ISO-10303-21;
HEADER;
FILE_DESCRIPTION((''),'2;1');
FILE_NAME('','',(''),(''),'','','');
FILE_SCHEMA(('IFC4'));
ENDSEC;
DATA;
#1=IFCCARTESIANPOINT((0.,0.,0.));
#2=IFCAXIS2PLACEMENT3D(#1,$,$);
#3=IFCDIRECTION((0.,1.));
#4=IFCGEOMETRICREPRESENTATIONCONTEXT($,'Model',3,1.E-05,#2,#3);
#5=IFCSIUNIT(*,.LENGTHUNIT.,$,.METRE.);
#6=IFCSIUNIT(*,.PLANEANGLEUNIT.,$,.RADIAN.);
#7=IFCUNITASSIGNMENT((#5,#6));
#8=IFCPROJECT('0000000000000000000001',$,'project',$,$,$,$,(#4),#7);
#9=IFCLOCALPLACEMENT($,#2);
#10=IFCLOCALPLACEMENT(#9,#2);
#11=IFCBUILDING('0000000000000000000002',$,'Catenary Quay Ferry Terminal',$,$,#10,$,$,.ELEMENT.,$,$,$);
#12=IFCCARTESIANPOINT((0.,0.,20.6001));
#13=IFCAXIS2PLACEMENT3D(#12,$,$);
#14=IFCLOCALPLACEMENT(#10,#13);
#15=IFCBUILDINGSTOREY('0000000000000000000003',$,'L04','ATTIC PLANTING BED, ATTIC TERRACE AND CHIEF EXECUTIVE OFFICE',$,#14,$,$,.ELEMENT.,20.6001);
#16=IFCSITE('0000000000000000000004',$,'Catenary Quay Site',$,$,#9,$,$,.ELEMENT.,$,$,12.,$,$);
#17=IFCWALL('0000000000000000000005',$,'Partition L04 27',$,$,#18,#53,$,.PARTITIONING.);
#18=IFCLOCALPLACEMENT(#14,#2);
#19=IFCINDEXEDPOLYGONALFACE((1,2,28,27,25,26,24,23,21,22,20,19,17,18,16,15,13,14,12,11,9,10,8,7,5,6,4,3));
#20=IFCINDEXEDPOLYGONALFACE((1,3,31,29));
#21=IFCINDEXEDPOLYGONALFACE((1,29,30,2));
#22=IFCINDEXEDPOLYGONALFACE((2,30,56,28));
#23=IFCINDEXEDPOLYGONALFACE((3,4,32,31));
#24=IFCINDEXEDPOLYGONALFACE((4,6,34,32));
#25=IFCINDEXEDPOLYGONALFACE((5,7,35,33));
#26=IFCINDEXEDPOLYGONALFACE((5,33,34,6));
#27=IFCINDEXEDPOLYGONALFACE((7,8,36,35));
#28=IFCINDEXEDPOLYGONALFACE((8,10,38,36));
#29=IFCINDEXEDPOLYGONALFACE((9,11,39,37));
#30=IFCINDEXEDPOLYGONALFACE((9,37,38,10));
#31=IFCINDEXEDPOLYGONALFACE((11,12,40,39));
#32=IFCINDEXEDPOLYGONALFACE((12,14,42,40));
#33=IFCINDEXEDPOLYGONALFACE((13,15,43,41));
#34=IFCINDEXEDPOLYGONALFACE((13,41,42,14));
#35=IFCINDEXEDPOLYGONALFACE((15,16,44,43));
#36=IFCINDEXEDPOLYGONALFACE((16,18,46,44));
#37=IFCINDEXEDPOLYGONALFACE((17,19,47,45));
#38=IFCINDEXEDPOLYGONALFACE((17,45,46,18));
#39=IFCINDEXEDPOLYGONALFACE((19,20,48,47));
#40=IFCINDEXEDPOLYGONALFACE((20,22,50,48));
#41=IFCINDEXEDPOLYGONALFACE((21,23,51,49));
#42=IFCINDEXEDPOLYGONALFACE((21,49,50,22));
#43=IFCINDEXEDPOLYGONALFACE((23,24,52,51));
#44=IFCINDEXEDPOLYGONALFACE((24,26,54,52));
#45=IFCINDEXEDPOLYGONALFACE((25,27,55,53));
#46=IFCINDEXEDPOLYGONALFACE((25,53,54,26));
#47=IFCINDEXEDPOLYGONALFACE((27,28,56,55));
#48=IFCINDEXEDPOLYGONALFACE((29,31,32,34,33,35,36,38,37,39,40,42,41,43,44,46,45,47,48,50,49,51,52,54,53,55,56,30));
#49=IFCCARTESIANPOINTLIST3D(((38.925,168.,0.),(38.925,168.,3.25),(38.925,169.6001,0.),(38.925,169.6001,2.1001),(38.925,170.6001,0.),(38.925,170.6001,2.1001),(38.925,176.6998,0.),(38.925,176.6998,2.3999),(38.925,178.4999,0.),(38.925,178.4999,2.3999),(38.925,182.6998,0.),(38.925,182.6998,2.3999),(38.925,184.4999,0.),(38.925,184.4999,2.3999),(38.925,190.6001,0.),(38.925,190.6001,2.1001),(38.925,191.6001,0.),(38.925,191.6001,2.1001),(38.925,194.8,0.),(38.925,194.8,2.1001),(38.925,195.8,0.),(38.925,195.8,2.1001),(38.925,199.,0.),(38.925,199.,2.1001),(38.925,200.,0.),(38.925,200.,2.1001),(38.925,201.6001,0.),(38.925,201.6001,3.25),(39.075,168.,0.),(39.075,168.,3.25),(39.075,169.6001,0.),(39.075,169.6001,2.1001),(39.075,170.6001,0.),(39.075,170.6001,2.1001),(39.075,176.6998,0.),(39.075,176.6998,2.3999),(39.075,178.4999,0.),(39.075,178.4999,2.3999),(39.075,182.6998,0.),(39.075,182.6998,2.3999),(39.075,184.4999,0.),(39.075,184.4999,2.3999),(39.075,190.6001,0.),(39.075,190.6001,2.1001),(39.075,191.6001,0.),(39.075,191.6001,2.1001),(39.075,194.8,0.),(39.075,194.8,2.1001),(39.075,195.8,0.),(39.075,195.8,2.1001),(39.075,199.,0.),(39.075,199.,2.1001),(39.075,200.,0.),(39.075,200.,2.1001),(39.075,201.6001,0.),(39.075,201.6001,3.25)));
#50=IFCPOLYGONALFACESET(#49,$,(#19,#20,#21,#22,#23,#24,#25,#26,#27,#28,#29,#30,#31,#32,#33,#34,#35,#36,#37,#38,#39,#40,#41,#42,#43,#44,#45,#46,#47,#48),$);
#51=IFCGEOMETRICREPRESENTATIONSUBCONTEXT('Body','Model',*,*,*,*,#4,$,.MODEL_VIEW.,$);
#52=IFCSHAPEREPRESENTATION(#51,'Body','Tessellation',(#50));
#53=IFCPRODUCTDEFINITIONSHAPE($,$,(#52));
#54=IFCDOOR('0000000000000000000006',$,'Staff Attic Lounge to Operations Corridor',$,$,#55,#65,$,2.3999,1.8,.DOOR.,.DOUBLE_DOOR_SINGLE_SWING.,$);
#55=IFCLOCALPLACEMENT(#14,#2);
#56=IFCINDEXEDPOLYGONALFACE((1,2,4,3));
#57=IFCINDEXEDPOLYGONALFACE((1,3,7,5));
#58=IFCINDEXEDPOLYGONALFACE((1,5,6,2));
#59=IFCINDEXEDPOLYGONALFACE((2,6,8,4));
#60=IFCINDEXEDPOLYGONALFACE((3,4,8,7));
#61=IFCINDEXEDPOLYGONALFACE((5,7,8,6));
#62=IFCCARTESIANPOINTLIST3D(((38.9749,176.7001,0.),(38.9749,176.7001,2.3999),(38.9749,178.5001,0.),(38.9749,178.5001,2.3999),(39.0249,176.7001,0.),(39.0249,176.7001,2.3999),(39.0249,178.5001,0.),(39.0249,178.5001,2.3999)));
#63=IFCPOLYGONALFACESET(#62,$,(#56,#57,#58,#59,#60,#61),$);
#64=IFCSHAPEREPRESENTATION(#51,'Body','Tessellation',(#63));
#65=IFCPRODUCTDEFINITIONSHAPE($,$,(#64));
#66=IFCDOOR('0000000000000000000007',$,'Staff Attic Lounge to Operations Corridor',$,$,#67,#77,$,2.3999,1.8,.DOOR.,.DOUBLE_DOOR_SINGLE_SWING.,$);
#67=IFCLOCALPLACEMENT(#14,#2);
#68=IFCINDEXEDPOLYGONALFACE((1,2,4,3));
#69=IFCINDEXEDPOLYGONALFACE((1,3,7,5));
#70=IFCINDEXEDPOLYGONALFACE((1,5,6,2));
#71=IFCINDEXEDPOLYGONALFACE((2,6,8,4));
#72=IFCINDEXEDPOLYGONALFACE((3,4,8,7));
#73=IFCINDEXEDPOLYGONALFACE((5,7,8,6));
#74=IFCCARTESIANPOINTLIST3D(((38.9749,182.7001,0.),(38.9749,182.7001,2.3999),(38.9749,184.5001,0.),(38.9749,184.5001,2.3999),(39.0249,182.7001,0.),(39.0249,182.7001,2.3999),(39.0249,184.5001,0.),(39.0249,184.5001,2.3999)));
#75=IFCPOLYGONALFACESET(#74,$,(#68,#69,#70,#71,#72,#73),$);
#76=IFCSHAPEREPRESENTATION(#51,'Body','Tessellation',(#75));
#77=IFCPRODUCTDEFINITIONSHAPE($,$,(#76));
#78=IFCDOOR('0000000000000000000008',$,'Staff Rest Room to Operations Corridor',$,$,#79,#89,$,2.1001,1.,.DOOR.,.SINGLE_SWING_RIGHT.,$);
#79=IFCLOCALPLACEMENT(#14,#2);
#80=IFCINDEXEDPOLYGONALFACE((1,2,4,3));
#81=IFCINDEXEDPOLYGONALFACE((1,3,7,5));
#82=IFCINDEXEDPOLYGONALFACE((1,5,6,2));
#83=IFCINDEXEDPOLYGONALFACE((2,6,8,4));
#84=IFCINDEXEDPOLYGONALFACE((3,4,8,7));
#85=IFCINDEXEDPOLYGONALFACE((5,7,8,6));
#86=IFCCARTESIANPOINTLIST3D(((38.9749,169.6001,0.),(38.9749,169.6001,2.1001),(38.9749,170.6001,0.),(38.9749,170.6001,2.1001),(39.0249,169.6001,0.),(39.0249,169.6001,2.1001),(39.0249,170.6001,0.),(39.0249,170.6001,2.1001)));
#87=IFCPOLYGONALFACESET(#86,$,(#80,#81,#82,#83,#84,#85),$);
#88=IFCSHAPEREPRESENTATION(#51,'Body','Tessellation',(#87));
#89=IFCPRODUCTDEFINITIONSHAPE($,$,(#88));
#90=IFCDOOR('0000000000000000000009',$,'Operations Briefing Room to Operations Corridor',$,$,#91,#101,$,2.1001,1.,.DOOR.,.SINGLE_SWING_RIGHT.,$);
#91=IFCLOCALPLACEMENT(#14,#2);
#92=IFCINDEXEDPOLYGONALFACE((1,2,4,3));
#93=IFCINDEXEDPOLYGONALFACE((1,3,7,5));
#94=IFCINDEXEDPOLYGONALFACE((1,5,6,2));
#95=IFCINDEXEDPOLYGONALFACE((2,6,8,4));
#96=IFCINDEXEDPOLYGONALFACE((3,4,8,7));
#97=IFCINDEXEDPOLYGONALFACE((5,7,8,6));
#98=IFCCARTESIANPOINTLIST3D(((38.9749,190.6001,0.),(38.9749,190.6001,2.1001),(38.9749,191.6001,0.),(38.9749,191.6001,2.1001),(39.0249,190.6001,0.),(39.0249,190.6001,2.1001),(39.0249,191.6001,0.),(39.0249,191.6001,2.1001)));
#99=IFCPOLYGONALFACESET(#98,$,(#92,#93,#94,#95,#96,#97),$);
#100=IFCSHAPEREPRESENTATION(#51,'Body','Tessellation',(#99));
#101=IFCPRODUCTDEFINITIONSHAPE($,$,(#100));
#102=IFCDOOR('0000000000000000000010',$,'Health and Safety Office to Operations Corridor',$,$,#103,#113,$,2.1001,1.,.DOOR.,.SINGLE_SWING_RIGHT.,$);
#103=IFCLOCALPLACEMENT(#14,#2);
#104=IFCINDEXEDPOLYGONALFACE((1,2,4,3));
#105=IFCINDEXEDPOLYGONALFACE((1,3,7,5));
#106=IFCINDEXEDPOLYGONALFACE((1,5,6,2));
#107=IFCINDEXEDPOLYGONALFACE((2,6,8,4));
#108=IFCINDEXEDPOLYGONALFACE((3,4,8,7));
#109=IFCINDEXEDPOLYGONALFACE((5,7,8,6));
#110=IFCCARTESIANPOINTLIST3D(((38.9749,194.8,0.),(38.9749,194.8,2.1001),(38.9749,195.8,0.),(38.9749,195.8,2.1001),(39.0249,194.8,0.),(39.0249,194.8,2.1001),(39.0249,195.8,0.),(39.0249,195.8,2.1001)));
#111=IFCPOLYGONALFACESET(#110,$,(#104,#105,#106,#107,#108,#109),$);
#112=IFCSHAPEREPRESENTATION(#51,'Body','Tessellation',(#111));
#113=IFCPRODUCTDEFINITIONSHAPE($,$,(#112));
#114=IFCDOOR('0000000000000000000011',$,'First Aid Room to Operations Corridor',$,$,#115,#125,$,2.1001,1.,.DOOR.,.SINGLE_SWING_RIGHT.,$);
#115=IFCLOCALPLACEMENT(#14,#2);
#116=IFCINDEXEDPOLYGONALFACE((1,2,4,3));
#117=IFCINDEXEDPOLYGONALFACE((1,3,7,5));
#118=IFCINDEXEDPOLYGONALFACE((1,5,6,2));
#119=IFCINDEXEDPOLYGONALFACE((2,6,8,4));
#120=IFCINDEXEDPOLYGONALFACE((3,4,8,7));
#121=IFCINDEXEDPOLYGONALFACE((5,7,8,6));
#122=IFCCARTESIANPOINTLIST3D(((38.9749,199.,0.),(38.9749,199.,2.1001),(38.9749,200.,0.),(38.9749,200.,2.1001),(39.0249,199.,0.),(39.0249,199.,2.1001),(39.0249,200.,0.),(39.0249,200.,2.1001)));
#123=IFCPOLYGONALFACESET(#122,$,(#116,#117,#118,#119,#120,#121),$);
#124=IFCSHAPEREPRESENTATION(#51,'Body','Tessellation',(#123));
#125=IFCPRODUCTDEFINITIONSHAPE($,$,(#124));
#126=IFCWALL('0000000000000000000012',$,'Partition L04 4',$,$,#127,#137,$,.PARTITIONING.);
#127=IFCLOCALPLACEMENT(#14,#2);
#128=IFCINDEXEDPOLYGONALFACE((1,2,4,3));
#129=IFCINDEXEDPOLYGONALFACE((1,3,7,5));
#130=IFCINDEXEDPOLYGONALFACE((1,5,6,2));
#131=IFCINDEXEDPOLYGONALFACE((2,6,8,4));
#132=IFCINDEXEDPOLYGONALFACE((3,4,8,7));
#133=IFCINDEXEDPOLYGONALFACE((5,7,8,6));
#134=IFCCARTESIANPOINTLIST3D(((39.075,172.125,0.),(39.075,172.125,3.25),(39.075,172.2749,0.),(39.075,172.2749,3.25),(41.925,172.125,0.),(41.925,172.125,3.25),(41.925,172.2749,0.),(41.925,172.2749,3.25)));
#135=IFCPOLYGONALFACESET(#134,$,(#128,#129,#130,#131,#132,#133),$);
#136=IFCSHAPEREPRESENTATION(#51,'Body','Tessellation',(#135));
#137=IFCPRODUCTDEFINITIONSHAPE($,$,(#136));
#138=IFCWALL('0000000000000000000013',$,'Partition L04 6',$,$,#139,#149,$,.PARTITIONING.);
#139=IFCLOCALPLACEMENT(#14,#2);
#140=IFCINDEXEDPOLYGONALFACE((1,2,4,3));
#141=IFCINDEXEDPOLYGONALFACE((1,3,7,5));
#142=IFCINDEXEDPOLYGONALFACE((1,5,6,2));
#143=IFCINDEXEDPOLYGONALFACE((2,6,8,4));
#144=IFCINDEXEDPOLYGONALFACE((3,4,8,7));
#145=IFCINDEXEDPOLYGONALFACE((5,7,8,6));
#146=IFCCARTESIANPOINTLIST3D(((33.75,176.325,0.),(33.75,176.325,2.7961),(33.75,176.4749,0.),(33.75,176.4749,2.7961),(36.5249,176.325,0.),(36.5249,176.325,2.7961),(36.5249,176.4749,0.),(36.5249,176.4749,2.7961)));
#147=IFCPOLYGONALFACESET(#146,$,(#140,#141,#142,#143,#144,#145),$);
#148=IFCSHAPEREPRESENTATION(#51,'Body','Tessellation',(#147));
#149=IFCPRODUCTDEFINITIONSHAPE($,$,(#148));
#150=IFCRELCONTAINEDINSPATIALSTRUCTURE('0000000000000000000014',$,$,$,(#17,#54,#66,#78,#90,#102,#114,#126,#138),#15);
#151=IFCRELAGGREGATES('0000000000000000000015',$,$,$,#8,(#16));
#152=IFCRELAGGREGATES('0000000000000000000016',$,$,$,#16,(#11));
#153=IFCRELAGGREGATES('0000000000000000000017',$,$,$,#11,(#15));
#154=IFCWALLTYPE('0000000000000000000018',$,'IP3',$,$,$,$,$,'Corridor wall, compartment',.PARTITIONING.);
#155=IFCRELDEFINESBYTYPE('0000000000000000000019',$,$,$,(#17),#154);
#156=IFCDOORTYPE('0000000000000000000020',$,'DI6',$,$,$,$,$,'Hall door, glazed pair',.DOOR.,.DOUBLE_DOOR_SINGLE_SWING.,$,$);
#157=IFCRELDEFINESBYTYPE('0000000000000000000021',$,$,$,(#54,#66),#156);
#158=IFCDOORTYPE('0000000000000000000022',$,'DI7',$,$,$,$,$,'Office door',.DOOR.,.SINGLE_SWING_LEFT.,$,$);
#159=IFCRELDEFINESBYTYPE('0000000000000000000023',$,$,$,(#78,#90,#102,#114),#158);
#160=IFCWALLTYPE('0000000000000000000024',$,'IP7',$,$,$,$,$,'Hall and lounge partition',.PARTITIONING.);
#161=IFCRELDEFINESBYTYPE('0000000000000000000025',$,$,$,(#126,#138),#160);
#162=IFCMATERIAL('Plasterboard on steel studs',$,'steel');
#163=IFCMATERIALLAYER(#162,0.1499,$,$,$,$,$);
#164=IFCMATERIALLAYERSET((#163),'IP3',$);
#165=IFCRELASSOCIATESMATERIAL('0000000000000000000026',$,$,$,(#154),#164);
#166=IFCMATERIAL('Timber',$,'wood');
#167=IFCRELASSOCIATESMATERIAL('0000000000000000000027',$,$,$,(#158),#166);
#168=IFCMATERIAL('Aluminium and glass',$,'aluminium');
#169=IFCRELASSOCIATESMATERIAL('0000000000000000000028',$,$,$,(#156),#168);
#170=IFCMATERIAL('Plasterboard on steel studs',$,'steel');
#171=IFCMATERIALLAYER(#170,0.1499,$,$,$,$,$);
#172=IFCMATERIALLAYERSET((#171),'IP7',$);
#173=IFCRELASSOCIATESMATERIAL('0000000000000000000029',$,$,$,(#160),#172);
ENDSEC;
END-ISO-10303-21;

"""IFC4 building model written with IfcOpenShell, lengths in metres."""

from ifc_helpers import new_model, si_unit, direction, frame, frame_2d, origin, place, context, subcontext, project, spatial, rectangle, extrude, material, layer, layer_set, type_object, element, fill, save


model = new_model("IFC4")

# Units and contexts
model_context = context("Model", 3, precision=1e-05, world=origin(), true_north=direction((0.0, 1.0)))
body_context = subcontext(model_context, "Body", "Model", "MODEL_VIEW")
ifc_project = project(units=[si_unit("LENGTHUNIT", "METRE"), si_unit("PLANEANGLEUNIT", "RADIAN")], contexts=[model_context])

# Site, building, storey
site_placement = place(None, origin())
site = spatial("IfcSite", under=ifc_project, at=site_placement, Name="Catenary Quay Site", CompositionType="ELEMENT", RefElevation=12.0)
building_placement = place(site_placement, origin())
building = spatial("IfcBuilding", under=site, at=building_placement, Name="Catenary Quay Ferry Terminal", CompositionType="ELEMENT")
storey_placement = place(building_placement, frame((0.0, 0.0, 20.6001)))
storey = spatial("IfcBuildingStorey", under=building, at=storey_placement, Name="L04", Description="ATTIC PLANTING BED, ATTIC TERRACE AND CHIEF EXECUTIVE OFFICE", CompositionType="ELEMENT", Elevation=20.6001)

# Wall, openings, doors
ifc_material_1 = material(Name="Plasterboard on steel studs", Category="steel")
ifc_layer_1 = layer(ifc_material_1, 0.1499)
ifc_layer_set_1 = layer_set([ifc_layer_1], Name="IP3")
wall_type_1 = type_object("IfcWallType", Name="IP3", ElementType="Corridor wall, compartment", PredefinedType="PARTITIONING", material=ifc_layer_set_1)
ifc_material_2 = material(Name="Timber", Category="wood")
door_type_1 = type_object("IfcDoorType", Name="DI7", ElementType="Office door", OperationType="SINGLE_SWING_LEFT", PredefinedType="DOOR", material=ifc_material_2)
wall_1_placement = place(storey_placement, frame((39.0, 168.0, 0.0), z_axis=(0.0, 0.0, 1.0), x_axis=(0.0, 1.0, 0.0)))
wall_1 = element("IfcWall", 1, at=wall_1_placement, inside=storey, type_object=wall_type_1, Name="Partition L04 27", PredefinedType="PARTITIONING", context=body_context, shape_type="SweptSolid", body=[
    extrude(rectangle(XDim=33.6001, YDim=0.1499, at=frame_2d((16.8, 0.0))), origin(), (0.0, 0.0, 1.0), 3.25),
])
opening_1_placement = place(wall_1_placement, frame((1.6001, 0.0, 0.0)))
opening_1 = element("IfcOpeningElement", 2, at=opening_1_placement, cuts=wall_1, PredefinedType="OPENING", context=body_context, shape_type="SweptSolid", body=[
    extrude(rectangle(XDim=1.0, YDim=2.1001, at=frame_2d((0.5, 1.05))), frame((0.0, 0.085, 0.0), z_axis=(0.0, -1.0, 0.0), x_axis=(1.0, 0.0, 0.0)), (0.0, 0.0, 1.0), 0.1699),
])
opening_2_placement = place(wall_1_placement, frame((22.6001, 0.0, 0.0)))
opening_2 = element("IfcOpeningElement", 3, at=opening_2_placement, cuts=wall_1, PredefinedType="OPENING", context=body_context, shape_type="SweptSolid", body=[
    extrude(rectangle(XDim=1.0, YDim=2.1001, at=frame_2d((0.5, 1.05))), frame((0.0, 0.085, 0.0), z_axis=(0.0, -1.0, 0.0), x_axis=(1.0, 0.0, 0.0)), (0.0, 0.0, 1.0), 0.1699),
])
opening_3_placement = place(wall_1_placement, frame((26.8, 0.0, 0.0)))
opening_3 = element("IfcOpeningElement", 4, at=opening_3_placement, cuts=wall_1, PredefinedType="OPENING", context=body_context, shape_type="SweptSolid", body=[
    extrude(rectangle(XDim=1.0, YDim=2.1001, at=frame_2d((0.5, 1.05))), frame((0.0, 0.085, 0.0), z_axis=(0.0, -1.0, 0.0), x_axis=(1.0, 0.0, 0.0)), (0.0, 0.0, 1.0), 0.1699),
])
opening_4_placement = place(wall_1_placement, frame((31.0, 0.0, 0.0)))
opening_4 = element("IfcOpeningElement", 5, at=opening_4_placement, cuts=wall_1, PredefinedType="OPENING", context=body_context, shape_type="SweptSolid", body=[
    extrude(rectangle(XDim=1.0, YDim=2.1001, at=frame_2d((0.5, 1.05))), frame((0.0, 0.085, 0.0), z_axis=(0.0, -1.0, 0.0), x_axis=(1.0, 0.0, 0.0)), (0.0, 0.0, 1.0), 0.1699),
])
opening_5_placement = place(wall_1_placement, frame((8.7, 0.0, 0.0)))
opening_5 = element("IfcOpeningElement", 6, at=opening_5_placement, cuts=wall_1, PredefinedType="OPENING", context=body_context, shape_type="SweptSolid", body=[
    extrude(rectangle(XDim=1.8, YDim=2.3999, at=frame_2d((0.8999, 1.2))), frame((0.0, 0.085, 0.0), z_axis=(0.0, -1.0, 0.0), x_axis=(1.0, 0.0, 0.0)), (0.0, 0.0, 1.0), 0.1699),
])
opening_6_placement = place(wall_1_placement, frame((14.7, 0.0, 0.0)))
opening_6 = element("IfcOpeningElement", 7, at=opening_6_placement, cuts=wall_1, PredefinedType="OPENING", context=body_context, shape_type="SweptSolid", body=[
    extrude(rectangle(XDim=1.8, YDim=2.3999, at=frame_2d((0.8999, 1.2))), frame((0.0, 0.085, 0.0), z_axis=(0.0, -1.0, 0.0), x_axis=(1.0, 0.0, 0.0)), (0.0, 0.0, 1.0), 0.1699),
])
ifc_material_3 = material(Name="Aluminium and glass", Category="aluminium")
door_type_2 = type_object("IfcDoorType", Name="DI6", ElementType="Hall door, glazed pair", OperationType="DOUBLE_DOOR_SINGLE_SWING", PredefinedType="DOOR", material=ifc_material_3)
door_1_placement = place(opening_5_placement, frame((1.8, 0.0, 0.0), z_axis=(0.0, 0.0, 1.0), x_axis=(-1.0, 0.0, 0.0)))
door_1 = element("IfcDoor", 8, at=door_1_placement, inside=storey, type_object=door_type_2, Name="Staff Attic Lounge to Operations Corridor", OperationType="DOUBLE_DOOR_SINGLE_SWING", OverallHeight=2.3999, OverallWidth=1.8, PredefinedType="DOOR", context=body_context, shape_type="SweptSolid", body=[
    extrude(rectangle(XDim=1.8, YDim=2.3999, at=frame_2d((0.8999, 1.2))), frame((0.0, 0.0249, 0.0), z_axis=(0.0, -1.0, 0.0), x_axis=(1.0, 0.0, 0.0)), (0.0, 0.0, 1.0), 0.05),
])
fill(opening_5, door_1)
door_2_placement = place(opening_6_placement, frame((1.8, 0.0, 0.0), z_axis=(0.0, 0.0, 1.0), x_axis=(-1.0, 0.0, 0.0)))
door_2 = element("IfcDoor", 9, at=door_2_placement, inside=storey, type_object=door_type_2, Name="Staff Attic Lounge to Operations Corridor", OperationType="DOUBLE_DOOR_SINGLE_SWING", OverallHeight=2.3999, OverallWidth=1.8, PredefinedType="DOOR", context=body_context, shape_type="SweptSolid", body=[
    extrude(rectangle(XDim=1.8, YDim=2.3999, at=frame_2d((0.8999, 1.2))), frame((0.0, 0.0249, 0.0), z_axis=(0.0, -1.0, 0.0), x_axis=(1.0, 0.0, 0.0)), (0.0, 0.0, 1.0), 0.05),
])
fill(opening_6, door_2)
door_3_placement = place(opening_1_placement, frame((1.0, 0.0, 0.0), z_axis=(0.0, 0.0, 1.0), x_axis=(-1.0, 0.0, 0.0)))
door_3 = element("IfcDoor", 10, at=door_3_placement, inside=storey, type_object=door_type_1, Name="Staff Rest Room to Operations Corridor", OperationType="SINGLE_SWING_RIGHT", OverallHeight=2.1001, OverallWidth=1.0, PredefinedType="DOOR", context=body_context, shape_type="SweptSolid", body=[
    extrude(rectangle(XDim=1.0, YDim=2.1001, at=frame_2d((0.5, 1.05))), frame((0.0, 0.0249, 0.0), z_axis=(0.0, -1.0, 0.0), x_axis=(1.0, 0.0, 0.0)), (0.0, 0.0, 1.0), 0.05),
])
fill(opening_1, door_3)
door_4_placement = place(opening_2_placement, frame((1.0, 0.0, 0.0), z_axis=(0.0, 0.0, 1.0), x_axis=(-1.0, 0.0, 0.0)))
door_4 = element("IfcDoor", 11, at=door_4_placement, inside=storey, type_object=door_type_1, Name="Operations Briefing Room to Operations Corridor", OperationType="SINGLE_SWING_RIGHT", OverallHeight=2.1001, OverallWidth=1.0, PredefinedType="DOOR", context=body_context, shape_type="SweptSolid", body=[
    extrude(rectangle(XDim=1.0, YDim=2.1001, at=frame_2d((0.5, 1.05))), frame((0.0, 0.0249, 0.0), z_axis=(0.0, -1.0, 0.0), x_axis=(1.0, 0.0, 0.0)), (0.0, 0.0, 1.0), 0.05),
])
fill(opening_2, door_4)
door_5_placement = place(opening_3_placement, frame((1.0, 0.0, 0.0), z_axis=(0.0, 0.0, 1.0), x_axis=(-1.0, 0.0, 0.0)))
door_5 = element("IfcDoor", 12, at=door_5_placement, inside=storey, type_object=door_type_1, Name="Health and Safety Office to Operations Corridor", OperationType="SINGLE_SWING_RIGHT", OverallHeight=2.1001, OverallWidth=1.0, PredefinedType="DOOR", context=body_context, shape_type="SweptSolid", body=[
    extrude(rectangle(XDim=1.0, YDim=2.1001, at=frame_2d((0.5, 1.05))), frame((0.0, 0.0249, 0.0), z_axis=(0.0, -1.0, 0.0), x_axis=(1.0, 0.0, 0.0)), (0.0, 0.0, 1.0), 0.05),
])
fill(opening_3, door_5)
door_6_placement = place(opening_4_placement, frame((1.0, 0.0, 0.0), z_axis=(0.0, 0.0, 1.0), x_axis=(-1.0, 0.0, 0.0)))
door_6 = element("IfcDoor", 13, at=door_6_placement, inside=storey, type_object=door_type_1, Name="First Aid Room to Operations Corridor", OperationType="SINGLE_SWING_RIGHT", OverallHeight=2.1001, OverallWidth=1.0, PredefinedType="DOOR", context=body_context, shape_type="SweptSolid", body=[
    extrude(rectangle(XDim=1.0, YDim=2.1001, at=frame_2d((0.5, 1.05))), frame((0.0, 0.0249, 0.0), z_axis=(0.0, -1.0, 0.0), x_axis=(1.0, 0.0, 0.0)), (0.0, 0.0, 1.0), 0.05),
])
fill(opening_4, door_6)

# Walls
ifc_material_4 = material(Name="Plasterboard on steel studs", Category="steel")
ifc_layer_2 = layer(ifc_material_4, 0.1499)
ifc_layer_set_2 = layer_set([ifc_layer_2], Name="IP7")
wall_type_2 = type_object("IfcWallType", Name="IP7", ElementType="Hall and lounge partition", PredefinedType="PARTITIONING", material=ifc_layer_set_2)
wall_2_placement = place(storey_placement, frame((39.075, 172.2, 0.0), z_axis=(0.0, 0.0, 1.0), x_axis=(1.0, 0.0, 0.0)))
element("IfcWall", 14, at=wall_2_placement, inside=storey, type_object=wall_type_2, Name="Partition L04 4", PredefinedType="PARTITIONING", context=body_context, shape_type="SweptSolid", body=[
    extrude(rectangle(XDim=2.8501, YDim=0.1499, at=frame_2d((1.425, 0.0))), origin(), (0.0, 0.0, 1.0), 3.25),
])
wall_3_placement = place(storey_placement, frame((33.75, 176.3999, 0.0), z_axis=(0.0, 0.0, 1.0), x_axis=(1.0, 0.0, 0.0)))
element("IfcWall", 15, at=wall_3_placement, inside=storey, type_object=wall_type_2, Name="Partition L04 6", PredefinedType="PARTITIONING", context=body_context, shape_type="SweptSolid", body=[
    extrude(rectangle(XDim=2.7749, YDim=0.1499, at=frame_2d((1.3875, 0.0))), origin(), (0.0, 0.0, 1.0), 2.7961),
])

save(model, "model.ifc")
